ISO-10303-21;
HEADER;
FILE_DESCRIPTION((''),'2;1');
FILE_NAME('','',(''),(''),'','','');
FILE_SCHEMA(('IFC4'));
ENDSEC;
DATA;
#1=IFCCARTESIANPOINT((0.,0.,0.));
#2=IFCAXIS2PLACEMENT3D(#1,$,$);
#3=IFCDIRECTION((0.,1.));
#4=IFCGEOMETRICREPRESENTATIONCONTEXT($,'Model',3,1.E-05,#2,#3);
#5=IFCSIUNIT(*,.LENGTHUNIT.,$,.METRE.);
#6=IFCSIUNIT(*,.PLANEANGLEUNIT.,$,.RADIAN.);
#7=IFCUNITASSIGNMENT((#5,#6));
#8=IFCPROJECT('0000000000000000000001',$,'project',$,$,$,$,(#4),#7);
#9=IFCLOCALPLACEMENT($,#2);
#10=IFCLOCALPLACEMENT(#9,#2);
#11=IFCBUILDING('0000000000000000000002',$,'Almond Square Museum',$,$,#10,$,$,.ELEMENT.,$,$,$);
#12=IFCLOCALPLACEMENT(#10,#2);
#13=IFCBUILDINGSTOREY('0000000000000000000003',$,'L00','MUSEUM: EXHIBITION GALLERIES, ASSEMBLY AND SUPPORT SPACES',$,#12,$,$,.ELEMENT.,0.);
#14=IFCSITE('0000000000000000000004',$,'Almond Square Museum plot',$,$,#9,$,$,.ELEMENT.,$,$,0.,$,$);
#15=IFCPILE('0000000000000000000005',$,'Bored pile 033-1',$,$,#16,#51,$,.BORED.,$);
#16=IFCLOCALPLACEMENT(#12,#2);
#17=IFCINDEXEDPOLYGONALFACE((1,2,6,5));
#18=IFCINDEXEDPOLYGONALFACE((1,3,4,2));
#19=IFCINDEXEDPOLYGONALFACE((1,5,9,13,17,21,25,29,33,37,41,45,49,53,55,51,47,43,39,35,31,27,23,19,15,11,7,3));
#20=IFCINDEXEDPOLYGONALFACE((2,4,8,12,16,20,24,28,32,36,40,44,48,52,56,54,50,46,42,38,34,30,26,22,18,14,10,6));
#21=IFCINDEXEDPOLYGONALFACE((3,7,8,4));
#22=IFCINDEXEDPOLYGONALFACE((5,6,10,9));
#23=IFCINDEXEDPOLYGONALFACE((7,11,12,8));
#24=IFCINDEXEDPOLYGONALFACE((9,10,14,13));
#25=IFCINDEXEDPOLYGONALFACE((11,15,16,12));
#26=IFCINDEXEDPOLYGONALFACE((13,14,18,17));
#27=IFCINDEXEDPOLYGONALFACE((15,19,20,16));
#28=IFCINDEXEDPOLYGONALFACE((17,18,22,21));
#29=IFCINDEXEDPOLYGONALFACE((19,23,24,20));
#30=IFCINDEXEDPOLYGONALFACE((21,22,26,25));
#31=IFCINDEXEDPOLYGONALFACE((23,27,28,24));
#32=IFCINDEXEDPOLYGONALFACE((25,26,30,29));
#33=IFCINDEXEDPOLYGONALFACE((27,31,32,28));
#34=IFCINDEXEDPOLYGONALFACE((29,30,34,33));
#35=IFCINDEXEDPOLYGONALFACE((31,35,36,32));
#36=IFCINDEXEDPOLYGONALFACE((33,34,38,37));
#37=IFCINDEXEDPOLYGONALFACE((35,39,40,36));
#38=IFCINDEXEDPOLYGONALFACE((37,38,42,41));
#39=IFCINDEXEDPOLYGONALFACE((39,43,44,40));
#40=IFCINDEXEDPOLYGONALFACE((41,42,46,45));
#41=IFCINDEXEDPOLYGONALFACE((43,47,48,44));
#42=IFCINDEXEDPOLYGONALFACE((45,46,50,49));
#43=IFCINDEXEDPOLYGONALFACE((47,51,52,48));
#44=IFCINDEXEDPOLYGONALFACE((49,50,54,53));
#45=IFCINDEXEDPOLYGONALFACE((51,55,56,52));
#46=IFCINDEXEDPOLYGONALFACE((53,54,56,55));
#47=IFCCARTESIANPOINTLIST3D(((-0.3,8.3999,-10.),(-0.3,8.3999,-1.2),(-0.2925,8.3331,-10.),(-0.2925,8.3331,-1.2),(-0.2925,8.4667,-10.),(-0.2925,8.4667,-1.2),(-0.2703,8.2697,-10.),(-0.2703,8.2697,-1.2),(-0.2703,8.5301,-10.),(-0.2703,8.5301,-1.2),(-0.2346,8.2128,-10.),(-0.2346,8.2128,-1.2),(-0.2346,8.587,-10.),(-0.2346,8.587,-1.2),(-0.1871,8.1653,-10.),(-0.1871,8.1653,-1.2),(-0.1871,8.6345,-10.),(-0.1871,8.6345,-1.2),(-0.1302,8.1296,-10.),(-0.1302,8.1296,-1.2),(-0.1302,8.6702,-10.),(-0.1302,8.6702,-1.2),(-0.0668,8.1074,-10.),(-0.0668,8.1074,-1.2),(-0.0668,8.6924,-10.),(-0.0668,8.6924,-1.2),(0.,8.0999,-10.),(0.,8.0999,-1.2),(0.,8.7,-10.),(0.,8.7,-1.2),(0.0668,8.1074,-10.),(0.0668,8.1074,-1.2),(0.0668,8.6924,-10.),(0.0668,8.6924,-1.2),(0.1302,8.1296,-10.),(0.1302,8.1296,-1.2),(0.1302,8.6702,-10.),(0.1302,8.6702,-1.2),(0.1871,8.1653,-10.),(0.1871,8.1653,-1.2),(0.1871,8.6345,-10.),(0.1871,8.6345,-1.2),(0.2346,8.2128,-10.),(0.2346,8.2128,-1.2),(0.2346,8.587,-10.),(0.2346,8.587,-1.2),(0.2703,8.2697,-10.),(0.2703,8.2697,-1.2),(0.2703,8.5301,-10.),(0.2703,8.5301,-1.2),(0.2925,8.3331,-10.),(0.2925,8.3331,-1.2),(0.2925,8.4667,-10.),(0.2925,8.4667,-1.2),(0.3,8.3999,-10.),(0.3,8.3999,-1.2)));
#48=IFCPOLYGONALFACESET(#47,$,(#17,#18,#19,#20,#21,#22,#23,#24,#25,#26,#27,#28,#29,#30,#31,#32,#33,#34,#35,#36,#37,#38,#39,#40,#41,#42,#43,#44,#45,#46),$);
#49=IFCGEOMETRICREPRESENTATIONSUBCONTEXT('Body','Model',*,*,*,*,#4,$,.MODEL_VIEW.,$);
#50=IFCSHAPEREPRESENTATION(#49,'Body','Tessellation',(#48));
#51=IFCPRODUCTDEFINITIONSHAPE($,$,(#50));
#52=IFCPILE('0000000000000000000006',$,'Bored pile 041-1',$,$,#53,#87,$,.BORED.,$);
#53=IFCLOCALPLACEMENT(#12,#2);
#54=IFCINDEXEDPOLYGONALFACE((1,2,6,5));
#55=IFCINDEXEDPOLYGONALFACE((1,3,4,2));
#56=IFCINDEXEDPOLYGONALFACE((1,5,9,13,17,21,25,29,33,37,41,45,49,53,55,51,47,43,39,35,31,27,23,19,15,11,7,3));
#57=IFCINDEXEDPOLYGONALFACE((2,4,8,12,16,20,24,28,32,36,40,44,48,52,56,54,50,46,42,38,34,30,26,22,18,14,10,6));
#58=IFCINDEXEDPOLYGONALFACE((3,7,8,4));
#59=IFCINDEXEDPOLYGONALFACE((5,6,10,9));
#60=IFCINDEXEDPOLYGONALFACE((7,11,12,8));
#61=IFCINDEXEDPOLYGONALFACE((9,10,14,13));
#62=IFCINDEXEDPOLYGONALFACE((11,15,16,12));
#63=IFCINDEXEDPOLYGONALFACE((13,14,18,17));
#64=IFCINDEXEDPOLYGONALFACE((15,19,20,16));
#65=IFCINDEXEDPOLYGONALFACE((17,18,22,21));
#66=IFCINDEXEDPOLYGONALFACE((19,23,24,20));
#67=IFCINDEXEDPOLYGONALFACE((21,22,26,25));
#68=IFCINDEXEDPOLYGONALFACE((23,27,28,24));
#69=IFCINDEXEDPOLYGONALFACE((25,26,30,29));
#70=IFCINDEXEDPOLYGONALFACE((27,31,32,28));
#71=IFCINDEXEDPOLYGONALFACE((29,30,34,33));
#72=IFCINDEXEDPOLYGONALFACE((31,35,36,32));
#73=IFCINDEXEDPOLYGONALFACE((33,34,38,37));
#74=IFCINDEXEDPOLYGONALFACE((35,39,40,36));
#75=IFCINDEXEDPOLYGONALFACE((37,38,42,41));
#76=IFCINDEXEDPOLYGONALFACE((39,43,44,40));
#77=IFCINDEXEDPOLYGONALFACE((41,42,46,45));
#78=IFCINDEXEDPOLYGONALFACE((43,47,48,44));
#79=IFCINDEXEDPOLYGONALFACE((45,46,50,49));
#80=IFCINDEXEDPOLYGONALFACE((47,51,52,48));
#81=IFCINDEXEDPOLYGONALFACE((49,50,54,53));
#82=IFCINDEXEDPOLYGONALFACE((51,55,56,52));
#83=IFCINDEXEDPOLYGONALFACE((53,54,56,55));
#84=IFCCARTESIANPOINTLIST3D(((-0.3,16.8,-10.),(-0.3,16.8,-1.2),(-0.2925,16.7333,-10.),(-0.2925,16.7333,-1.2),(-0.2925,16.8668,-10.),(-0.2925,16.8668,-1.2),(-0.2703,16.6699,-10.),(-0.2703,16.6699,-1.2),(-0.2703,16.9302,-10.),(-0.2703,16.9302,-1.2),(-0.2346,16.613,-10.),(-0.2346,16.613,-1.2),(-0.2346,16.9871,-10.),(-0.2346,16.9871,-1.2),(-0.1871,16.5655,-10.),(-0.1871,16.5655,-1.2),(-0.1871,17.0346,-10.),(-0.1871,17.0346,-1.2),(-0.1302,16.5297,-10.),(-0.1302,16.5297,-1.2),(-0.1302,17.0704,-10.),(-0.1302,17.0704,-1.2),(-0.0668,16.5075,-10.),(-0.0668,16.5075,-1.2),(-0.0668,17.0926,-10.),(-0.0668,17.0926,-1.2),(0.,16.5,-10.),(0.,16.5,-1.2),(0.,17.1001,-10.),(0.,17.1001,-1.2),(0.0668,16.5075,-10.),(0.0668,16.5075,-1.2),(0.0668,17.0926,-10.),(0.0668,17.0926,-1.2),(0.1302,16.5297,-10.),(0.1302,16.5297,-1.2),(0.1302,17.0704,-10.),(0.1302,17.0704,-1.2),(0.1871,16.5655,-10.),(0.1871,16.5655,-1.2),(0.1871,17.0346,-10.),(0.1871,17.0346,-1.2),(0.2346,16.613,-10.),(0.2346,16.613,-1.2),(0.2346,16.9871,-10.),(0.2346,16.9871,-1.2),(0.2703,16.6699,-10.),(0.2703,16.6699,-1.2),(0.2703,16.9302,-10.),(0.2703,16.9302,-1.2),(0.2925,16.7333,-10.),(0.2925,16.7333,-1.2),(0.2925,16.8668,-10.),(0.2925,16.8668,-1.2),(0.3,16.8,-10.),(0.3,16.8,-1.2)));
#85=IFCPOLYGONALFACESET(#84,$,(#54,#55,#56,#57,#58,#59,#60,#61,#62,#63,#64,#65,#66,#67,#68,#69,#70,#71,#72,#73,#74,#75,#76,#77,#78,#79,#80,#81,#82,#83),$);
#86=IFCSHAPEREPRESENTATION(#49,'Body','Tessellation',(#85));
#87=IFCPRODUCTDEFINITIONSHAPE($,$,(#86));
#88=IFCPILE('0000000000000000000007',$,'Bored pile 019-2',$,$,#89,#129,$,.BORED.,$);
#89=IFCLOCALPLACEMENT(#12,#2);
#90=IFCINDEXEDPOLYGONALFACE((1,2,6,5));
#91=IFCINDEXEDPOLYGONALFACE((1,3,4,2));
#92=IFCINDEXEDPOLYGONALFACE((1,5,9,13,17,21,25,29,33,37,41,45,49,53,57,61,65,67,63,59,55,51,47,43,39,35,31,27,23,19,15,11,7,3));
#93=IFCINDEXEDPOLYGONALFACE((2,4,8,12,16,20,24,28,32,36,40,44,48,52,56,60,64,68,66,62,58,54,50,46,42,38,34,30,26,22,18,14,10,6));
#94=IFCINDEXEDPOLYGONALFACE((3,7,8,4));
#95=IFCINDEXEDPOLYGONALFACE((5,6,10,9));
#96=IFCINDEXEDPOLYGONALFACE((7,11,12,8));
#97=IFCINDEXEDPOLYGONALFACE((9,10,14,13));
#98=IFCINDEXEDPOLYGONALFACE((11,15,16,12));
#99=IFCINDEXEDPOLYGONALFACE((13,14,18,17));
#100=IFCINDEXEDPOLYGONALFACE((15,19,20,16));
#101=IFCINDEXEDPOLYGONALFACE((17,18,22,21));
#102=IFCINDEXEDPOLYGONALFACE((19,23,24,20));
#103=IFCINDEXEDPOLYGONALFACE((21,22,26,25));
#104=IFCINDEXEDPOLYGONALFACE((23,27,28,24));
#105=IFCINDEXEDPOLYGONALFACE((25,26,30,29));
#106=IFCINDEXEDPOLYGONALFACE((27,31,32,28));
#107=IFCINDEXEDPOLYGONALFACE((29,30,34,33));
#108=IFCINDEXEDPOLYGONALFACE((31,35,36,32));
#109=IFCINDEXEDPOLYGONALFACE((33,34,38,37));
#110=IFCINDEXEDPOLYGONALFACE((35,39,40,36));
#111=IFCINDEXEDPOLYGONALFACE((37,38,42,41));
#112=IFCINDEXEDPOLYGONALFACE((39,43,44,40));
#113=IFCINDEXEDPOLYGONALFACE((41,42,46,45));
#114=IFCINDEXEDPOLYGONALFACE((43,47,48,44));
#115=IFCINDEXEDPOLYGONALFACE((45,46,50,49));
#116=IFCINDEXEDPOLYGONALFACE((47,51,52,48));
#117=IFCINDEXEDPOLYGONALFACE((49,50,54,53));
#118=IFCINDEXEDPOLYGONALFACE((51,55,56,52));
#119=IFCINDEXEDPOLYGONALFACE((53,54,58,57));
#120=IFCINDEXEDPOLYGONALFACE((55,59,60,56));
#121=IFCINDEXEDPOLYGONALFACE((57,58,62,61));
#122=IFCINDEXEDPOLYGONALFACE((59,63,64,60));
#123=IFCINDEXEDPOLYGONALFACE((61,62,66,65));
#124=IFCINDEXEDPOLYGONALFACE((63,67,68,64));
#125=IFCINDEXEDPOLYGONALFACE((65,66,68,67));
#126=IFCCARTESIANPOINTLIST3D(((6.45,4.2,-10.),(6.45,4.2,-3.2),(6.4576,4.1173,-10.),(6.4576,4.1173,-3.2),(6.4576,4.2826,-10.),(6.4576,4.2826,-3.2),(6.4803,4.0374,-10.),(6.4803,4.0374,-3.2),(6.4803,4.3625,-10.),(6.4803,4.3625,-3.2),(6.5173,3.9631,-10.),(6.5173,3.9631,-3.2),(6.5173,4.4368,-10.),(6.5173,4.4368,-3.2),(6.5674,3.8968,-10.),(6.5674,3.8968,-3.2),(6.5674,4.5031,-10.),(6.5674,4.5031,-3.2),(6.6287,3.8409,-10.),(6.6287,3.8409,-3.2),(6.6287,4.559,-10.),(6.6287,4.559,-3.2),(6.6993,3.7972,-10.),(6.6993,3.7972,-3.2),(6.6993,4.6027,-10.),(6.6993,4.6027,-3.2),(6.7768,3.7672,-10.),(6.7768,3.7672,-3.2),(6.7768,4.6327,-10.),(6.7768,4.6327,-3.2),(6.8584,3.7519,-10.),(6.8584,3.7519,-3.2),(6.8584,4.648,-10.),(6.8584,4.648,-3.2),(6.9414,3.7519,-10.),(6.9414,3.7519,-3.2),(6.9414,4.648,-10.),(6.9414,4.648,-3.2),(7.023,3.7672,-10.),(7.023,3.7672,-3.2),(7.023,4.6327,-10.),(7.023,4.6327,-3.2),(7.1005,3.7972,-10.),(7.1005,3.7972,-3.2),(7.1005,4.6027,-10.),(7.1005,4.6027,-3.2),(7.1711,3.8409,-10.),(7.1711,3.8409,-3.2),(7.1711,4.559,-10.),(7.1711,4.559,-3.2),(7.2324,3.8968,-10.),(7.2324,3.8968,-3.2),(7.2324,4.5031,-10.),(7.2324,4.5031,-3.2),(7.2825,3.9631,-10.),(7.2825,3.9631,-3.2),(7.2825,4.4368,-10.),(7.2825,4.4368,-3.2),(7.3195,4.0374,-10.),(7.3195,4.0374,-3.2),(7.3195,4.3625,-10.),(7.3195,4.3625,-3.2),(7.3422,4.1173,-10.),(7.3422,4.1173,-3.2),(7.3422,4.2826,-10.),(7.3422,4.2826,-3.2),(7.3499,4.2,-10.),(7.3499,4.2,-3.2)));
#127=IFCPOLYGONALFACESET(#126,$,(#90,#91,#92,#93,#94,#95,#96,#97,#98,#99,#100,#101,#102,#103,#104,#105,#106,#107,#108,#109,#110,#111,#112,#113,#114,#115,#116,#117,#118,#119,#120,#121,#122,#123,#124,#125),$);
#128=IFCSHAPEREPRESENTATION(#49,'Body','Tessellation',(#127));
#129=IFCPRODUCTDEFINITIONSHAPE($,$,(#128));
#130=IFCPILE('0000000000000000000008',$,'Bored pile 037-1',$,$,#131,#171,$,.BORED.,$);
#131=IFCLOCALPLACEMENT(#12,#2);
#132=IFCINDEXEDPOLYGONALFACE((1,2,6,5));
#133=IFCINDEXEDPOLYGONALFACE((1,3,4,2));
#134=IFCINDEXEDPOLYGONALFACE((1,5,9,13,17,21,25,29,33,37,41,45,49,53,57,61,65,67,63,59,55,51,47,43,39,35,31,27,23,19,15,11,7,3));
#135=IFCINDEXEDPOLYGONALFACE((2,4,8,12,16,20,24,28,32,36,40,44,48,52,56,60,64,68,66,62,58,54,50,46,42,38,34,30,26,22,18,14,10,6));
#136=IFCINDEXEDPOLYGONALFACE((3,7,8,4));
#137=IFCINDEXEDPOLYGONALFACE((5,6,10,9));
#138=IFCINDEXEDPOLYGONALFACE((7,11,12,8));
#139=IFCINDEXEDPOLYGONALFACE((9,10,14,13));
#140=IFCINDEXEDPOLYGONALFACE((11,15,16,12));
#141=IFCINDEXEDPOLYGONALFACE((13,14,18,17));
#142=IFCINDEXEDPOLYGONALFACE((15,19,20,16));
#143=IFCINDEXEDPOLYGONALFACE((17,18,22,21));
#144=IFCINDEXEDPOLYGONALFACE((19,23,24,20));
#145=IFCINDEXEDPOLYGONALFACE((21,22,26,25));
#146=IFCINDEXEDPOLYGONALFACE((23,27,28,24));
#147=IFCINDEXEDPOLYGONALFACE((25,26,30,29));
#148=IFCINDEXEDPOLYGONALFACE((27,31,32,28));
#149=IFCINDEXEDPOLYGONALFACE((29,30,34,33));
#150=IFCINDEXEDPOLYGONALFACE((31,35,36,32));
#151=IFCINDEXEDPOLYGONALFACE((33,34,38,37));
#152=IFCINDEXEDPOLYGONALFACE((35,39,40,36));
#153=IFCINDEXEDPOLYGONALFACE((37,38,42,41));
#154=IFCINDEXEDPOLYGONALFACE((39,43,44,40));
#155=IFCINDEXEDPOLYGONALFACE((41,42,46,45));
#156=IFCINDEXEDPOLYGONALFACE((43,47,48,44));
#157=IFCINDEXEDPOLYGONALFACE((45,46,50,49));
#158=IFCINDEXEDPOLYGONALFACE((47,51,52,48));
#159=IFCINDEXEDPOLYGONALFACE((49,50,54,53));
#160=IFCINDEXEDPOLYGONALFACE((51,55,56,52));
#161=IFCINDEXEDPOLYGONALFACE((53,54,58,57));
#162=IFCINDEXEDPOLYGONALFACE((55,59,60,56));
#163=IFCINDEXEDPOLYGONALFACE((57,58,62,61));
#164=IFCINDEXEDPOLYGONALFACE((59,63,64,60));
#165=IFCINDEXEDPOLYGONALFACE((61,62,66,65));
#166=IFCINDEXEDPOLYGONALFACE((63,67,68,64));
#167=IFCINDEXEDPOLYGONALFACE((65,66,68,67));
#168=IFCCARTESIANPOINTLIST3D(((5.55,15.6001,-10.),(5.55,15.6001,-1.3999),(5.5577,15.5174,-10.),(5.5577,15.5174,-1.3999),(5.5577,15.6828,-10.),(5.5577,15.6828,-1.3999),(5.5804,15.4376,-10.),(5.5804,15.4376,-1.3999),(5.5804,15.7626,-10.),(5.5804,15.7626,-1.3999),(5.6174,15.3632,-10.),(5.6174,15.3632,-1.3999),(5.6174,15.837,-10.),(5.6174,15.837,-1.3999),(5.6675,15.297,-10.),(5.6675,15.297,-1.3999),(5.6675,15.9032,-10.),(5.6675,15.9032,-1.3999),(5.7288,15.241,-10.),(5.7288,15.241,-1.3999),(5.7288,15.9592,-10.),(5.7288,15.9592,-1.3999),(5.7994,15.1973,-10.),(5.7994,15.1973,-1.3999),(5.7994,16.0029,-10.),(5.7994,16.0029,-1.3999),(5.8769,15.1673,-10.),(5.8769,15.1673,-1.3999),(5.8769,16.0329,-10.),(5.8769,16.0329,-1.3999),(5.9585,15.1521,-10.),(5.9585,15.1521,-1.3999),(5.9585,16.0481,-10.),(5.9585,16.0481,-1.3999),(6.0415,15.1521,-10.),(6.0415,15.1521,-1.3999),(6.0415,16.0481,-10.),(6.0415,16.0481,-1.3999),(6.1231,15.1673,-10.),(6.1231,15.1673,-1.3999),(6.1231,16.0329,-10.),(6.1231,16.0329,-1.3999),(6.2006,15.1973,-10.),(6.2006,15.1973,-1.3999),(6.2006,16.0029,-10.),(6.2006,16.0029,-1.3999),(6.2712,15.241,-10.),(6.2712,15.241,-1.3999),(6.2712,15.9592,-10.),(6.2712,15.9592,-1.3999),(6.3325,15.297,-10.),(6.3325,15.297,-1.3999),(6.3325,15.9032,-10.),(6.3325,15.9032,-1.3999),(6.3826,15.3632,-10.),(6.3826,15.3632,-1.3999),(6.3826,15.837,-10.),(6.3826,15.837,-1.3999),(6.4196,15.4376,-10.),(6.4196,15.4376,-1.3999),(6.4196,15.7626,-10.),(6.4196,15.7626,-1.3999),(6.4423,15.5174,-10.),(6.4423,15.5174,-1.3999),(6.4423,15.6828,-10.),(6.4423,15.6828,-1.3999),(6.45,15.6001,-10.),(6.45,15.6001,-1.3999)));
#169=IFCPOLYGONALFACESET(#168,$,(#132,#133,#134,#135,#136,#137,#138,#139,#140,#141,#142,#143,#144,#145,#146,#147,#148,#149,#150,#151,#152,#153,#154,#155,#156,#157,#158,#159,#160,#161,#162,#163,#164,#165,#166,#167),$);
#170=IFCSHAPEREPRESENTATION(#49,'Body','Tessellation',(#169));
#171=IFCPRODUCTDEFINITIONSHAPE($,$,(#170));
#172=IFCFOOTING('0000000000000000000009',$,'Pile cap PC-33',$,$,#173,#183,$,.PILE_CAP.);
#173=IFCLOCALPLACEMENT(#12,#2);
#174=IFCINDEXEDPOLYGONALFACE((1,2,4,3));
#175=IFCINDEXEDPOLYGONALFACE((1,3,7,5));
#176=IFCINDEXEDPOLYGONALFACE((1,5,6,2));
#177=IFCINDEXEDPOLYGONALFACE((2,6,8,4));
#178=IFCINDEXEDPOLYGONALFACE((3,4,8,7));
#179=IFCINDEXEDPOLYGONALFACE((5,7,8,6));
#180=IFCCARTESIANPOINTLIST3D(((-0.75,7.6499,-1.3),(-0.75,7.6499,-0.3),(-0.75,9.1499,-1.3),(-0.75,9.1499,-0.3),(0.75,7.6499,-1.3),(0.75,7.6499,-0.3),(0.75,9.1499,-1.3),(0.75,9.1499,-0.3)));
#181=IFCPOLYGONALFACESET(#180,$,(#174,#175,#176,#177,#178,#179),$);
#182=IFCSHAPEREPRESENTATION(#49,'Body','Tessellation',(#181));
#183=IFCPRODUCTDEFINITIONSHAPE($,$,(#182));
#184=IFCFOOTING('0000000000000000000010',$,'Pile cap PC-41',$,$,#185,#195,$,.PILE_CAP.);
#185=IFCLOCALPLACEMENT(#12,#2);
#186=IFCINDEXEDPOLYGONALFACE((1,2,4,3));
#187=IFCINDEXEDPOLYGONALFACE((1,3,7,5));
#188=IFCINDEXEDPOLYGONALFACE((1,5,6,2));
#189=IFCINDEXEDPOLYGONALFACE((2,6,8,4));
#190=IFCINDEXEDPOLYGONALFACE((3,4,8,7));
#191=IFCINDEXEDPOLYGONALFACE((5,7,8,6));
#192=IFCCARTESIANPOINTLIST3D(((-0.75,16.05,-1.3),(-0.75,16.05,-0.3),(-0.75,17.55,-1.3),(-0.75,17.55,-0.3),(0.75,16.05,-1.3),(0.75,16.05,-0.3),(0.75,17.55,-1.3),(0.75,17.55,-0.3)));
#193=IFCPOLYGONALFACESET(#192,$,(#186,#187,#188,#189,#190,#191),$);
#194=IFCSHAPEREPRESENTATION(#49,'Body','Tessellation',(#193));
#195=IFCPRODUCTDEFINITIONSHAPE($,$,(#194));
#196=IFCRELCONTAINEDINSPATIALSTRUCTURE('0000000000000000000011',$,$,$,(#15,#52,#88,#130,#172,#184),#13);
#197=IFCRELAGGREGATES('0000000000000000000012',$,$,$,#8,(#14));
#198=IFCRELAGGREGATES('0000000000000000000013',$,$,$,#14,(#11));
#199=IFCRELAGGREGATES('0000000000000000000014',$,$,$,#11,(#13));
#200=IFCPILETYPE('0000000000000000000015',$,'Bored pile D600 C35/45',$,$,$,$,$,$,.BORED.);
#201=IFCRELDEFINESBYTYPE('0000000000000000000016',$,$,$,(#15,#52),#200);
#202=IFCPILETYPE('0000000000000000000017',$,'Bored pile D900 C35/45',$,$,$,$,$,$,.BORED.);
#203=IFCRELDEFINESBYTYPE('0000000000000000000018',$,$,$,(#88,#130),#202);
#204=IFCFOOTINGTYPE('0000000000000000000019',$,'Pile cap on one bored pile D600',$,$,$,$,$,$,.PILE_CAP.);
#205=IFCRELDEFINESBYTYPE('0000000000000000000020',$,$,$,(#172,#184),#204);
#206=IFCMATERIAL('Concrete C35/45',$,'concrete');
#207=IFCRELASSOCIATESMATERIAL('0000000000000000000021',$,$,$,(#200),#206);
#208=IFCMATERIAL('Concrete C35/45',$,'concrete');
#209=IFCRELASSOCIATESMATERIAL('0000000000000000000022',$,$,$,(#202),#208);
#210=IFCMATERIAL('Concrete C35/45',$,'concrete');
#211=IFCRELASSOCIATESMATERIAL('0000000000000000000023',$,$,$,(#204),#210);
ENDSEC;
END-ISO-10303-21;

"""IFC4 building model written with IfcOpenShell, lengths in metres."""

from ifc_helpers import new_model, si_unit, direction, frame, origin, origin_2d, place, context, subcontext, project, spatial, rectangle, circle, extrude, material, material_profile, profile_set, type_object, element, save


model = new_model("IFC4")

# Units and contexts
model_context = context("Model", 3, precision=1e-05, world=origin(), true_north=direction((0.0, 1.0)))
body_context = subcontext(model_context, "Body", "Model", "MODEL_VIEW")
ifc_project = project(units=[si_unit("LENGTHUNIT", "METRE"), si_unit("PLANEANGLEUNIT", "RADIAN")], contexts=[model_context])

# Site, building, storey
site_placement = place(None, origin())
site = spatial("IfcSite", under=ifc_project, at=site_placement, Name="Almond Square Museum plot", CompositionType="ELEMENT", RefElevation=0.0)
building_placement = place(site_placement, origin())
building = spatial("IfcBuilding", under=site, at=building_placement, Name="Almond Square Museum", CompositionType="ELEMENT")
storey_placement = place(building_placement, origin())
storey = spatial("IfcBuildingStorey", under=building, at=storey_placement, Name="L00", Description="MUSEUM: EXHIBITION GALLERIES, ASSEMBLY AND SUPPORT SPACES", CompositionType="ELEMENT", Elevation=0.0)

# Piles
ifc_material_1 = material(Name="Concrete C35/45", Category="concrete")
ifc_material_profile_1 = material_profile(ifc_material_1, circle(Radius=0.3, at=origin_2d()))
ifc_profile_set_1 = profile_set([ifc_material_profile_1], Name="Concrete C35/45")
pile_type_1 = type_object("IfcPileType", Name="Bored pile D600 C35/45", PredefinedType="BORED", material=ifc_profile_set_1)
for number, where, z_axis, x_axis, name in (
    (1, (0.0, 8.3999, -1.2), (0.0, 0.0, -1.0), (1.0, 0.0, 0.0), "Bored pile 033-1"),
    (2, (0.0, 16.8, -1.2), (0.0, 0.0, -1.0), (1.0, 0.0, 0.0), "Bored pile 041-1"),
):
    element("IfcPile", number, at=place(storey_placement, frame(where, z_axis=z_axis, x_axis=x_axis)), inside=storey, type_object=pile_type_1, Name=name, PredefinedType="BORED", context=body_context, shape_type="SweptSolid", body=[
        extrude(circle(Radius=0.3, at=origin_2d()), origin(), (0.0, 0.0, 1.0), 8.8),
    ])
ifc_material_2 = material(Name="Concrete C35/45", Category="concrete")
ifc_material_profile_2 = material_profile(ifc_material_2, circle(Radius=0.45, at=origin_2d()))
ifc_profile_set_2 = profile_set([ifc_material_profile_2], Name="Concrete C35/45")
pile_type_2 = type_object("IfcPileType", Name="Bored pile D900 C35/45", PredefinedType="BORED", material=ifc_profile_set_2)
pile_1_placement = place(storey_placement, frame((6.8999, 4.2, -3.2), z_axis=(0.0, 0.0, -1.0), x_axis=(1.0, 0.0, 0.0)))
element("IfcPile", 3, at=pile_1_placement, inside=storey, type_object=pile_type_2, Name="Bored pile 019-2", PredefinedType="BORED", context=body_context, shape_type="SweptSolid", body=[
    extrude(circle(Radius=0.45, at=origin_2d()), origin(), (0.0, 0.0, 1.0), 6.8),
])
pile_2_placement = place(storey_placement, frame((6.0, 15.6001, -1.3999), z_axis=(0.0, 0.0, -1.0), x_axis=(1.0, 0.0, 0.0)))
element("IfcPile", 4, at=pile_2_placement, inside=storey, type_object=pile_type_2, Name="Bored pile 037-1", PredefinedType="BORED", context=body_context, shape_type="SweptSolid", body=[
    extrude(circle(Radius=0.45, at=origin_2d()), origin(), (0.0, 0.0, 1.0), 8.6001),
])

# Footings
ifc_material_3 = material(Name="Concrete C35/45", Category="concrete")
footing_type = type_object("IfcFootingType", Name="Pile cap on one bored pile D600", PredefinedType="PILE_CAP", material=ifc_material_3)
for number, where, z_axis, x_axis, name in (
    (5, (0.0, 8.3999, -1.3), (0.0, 0.0, 1.0), (1.0, 0.0, 0.0), "Pile cap PC-33"),
    (6, (0.0, 16.8, -1.3), (0.0, 0.0, 1.0), (1.0, 0.0, 0.0), "Pile cap PC-41"),
):
    element("IfcFooting", number, at=place(storey_placement, frame(where, z_axis=z_axis, x_axis=x_axis)), inside=storey, type_object=footing_type, Name=name, PredefinedType="PILE_CAP", context=body_context, shape_type="SweptSolid", body=[
        extrude(rectangle(XDim=1.5, YDim=1.5, at=origin_2d()), origin(), (0.0, 0.0, 1.0), 1.0),
    ])

save(model, "model.ifc")
